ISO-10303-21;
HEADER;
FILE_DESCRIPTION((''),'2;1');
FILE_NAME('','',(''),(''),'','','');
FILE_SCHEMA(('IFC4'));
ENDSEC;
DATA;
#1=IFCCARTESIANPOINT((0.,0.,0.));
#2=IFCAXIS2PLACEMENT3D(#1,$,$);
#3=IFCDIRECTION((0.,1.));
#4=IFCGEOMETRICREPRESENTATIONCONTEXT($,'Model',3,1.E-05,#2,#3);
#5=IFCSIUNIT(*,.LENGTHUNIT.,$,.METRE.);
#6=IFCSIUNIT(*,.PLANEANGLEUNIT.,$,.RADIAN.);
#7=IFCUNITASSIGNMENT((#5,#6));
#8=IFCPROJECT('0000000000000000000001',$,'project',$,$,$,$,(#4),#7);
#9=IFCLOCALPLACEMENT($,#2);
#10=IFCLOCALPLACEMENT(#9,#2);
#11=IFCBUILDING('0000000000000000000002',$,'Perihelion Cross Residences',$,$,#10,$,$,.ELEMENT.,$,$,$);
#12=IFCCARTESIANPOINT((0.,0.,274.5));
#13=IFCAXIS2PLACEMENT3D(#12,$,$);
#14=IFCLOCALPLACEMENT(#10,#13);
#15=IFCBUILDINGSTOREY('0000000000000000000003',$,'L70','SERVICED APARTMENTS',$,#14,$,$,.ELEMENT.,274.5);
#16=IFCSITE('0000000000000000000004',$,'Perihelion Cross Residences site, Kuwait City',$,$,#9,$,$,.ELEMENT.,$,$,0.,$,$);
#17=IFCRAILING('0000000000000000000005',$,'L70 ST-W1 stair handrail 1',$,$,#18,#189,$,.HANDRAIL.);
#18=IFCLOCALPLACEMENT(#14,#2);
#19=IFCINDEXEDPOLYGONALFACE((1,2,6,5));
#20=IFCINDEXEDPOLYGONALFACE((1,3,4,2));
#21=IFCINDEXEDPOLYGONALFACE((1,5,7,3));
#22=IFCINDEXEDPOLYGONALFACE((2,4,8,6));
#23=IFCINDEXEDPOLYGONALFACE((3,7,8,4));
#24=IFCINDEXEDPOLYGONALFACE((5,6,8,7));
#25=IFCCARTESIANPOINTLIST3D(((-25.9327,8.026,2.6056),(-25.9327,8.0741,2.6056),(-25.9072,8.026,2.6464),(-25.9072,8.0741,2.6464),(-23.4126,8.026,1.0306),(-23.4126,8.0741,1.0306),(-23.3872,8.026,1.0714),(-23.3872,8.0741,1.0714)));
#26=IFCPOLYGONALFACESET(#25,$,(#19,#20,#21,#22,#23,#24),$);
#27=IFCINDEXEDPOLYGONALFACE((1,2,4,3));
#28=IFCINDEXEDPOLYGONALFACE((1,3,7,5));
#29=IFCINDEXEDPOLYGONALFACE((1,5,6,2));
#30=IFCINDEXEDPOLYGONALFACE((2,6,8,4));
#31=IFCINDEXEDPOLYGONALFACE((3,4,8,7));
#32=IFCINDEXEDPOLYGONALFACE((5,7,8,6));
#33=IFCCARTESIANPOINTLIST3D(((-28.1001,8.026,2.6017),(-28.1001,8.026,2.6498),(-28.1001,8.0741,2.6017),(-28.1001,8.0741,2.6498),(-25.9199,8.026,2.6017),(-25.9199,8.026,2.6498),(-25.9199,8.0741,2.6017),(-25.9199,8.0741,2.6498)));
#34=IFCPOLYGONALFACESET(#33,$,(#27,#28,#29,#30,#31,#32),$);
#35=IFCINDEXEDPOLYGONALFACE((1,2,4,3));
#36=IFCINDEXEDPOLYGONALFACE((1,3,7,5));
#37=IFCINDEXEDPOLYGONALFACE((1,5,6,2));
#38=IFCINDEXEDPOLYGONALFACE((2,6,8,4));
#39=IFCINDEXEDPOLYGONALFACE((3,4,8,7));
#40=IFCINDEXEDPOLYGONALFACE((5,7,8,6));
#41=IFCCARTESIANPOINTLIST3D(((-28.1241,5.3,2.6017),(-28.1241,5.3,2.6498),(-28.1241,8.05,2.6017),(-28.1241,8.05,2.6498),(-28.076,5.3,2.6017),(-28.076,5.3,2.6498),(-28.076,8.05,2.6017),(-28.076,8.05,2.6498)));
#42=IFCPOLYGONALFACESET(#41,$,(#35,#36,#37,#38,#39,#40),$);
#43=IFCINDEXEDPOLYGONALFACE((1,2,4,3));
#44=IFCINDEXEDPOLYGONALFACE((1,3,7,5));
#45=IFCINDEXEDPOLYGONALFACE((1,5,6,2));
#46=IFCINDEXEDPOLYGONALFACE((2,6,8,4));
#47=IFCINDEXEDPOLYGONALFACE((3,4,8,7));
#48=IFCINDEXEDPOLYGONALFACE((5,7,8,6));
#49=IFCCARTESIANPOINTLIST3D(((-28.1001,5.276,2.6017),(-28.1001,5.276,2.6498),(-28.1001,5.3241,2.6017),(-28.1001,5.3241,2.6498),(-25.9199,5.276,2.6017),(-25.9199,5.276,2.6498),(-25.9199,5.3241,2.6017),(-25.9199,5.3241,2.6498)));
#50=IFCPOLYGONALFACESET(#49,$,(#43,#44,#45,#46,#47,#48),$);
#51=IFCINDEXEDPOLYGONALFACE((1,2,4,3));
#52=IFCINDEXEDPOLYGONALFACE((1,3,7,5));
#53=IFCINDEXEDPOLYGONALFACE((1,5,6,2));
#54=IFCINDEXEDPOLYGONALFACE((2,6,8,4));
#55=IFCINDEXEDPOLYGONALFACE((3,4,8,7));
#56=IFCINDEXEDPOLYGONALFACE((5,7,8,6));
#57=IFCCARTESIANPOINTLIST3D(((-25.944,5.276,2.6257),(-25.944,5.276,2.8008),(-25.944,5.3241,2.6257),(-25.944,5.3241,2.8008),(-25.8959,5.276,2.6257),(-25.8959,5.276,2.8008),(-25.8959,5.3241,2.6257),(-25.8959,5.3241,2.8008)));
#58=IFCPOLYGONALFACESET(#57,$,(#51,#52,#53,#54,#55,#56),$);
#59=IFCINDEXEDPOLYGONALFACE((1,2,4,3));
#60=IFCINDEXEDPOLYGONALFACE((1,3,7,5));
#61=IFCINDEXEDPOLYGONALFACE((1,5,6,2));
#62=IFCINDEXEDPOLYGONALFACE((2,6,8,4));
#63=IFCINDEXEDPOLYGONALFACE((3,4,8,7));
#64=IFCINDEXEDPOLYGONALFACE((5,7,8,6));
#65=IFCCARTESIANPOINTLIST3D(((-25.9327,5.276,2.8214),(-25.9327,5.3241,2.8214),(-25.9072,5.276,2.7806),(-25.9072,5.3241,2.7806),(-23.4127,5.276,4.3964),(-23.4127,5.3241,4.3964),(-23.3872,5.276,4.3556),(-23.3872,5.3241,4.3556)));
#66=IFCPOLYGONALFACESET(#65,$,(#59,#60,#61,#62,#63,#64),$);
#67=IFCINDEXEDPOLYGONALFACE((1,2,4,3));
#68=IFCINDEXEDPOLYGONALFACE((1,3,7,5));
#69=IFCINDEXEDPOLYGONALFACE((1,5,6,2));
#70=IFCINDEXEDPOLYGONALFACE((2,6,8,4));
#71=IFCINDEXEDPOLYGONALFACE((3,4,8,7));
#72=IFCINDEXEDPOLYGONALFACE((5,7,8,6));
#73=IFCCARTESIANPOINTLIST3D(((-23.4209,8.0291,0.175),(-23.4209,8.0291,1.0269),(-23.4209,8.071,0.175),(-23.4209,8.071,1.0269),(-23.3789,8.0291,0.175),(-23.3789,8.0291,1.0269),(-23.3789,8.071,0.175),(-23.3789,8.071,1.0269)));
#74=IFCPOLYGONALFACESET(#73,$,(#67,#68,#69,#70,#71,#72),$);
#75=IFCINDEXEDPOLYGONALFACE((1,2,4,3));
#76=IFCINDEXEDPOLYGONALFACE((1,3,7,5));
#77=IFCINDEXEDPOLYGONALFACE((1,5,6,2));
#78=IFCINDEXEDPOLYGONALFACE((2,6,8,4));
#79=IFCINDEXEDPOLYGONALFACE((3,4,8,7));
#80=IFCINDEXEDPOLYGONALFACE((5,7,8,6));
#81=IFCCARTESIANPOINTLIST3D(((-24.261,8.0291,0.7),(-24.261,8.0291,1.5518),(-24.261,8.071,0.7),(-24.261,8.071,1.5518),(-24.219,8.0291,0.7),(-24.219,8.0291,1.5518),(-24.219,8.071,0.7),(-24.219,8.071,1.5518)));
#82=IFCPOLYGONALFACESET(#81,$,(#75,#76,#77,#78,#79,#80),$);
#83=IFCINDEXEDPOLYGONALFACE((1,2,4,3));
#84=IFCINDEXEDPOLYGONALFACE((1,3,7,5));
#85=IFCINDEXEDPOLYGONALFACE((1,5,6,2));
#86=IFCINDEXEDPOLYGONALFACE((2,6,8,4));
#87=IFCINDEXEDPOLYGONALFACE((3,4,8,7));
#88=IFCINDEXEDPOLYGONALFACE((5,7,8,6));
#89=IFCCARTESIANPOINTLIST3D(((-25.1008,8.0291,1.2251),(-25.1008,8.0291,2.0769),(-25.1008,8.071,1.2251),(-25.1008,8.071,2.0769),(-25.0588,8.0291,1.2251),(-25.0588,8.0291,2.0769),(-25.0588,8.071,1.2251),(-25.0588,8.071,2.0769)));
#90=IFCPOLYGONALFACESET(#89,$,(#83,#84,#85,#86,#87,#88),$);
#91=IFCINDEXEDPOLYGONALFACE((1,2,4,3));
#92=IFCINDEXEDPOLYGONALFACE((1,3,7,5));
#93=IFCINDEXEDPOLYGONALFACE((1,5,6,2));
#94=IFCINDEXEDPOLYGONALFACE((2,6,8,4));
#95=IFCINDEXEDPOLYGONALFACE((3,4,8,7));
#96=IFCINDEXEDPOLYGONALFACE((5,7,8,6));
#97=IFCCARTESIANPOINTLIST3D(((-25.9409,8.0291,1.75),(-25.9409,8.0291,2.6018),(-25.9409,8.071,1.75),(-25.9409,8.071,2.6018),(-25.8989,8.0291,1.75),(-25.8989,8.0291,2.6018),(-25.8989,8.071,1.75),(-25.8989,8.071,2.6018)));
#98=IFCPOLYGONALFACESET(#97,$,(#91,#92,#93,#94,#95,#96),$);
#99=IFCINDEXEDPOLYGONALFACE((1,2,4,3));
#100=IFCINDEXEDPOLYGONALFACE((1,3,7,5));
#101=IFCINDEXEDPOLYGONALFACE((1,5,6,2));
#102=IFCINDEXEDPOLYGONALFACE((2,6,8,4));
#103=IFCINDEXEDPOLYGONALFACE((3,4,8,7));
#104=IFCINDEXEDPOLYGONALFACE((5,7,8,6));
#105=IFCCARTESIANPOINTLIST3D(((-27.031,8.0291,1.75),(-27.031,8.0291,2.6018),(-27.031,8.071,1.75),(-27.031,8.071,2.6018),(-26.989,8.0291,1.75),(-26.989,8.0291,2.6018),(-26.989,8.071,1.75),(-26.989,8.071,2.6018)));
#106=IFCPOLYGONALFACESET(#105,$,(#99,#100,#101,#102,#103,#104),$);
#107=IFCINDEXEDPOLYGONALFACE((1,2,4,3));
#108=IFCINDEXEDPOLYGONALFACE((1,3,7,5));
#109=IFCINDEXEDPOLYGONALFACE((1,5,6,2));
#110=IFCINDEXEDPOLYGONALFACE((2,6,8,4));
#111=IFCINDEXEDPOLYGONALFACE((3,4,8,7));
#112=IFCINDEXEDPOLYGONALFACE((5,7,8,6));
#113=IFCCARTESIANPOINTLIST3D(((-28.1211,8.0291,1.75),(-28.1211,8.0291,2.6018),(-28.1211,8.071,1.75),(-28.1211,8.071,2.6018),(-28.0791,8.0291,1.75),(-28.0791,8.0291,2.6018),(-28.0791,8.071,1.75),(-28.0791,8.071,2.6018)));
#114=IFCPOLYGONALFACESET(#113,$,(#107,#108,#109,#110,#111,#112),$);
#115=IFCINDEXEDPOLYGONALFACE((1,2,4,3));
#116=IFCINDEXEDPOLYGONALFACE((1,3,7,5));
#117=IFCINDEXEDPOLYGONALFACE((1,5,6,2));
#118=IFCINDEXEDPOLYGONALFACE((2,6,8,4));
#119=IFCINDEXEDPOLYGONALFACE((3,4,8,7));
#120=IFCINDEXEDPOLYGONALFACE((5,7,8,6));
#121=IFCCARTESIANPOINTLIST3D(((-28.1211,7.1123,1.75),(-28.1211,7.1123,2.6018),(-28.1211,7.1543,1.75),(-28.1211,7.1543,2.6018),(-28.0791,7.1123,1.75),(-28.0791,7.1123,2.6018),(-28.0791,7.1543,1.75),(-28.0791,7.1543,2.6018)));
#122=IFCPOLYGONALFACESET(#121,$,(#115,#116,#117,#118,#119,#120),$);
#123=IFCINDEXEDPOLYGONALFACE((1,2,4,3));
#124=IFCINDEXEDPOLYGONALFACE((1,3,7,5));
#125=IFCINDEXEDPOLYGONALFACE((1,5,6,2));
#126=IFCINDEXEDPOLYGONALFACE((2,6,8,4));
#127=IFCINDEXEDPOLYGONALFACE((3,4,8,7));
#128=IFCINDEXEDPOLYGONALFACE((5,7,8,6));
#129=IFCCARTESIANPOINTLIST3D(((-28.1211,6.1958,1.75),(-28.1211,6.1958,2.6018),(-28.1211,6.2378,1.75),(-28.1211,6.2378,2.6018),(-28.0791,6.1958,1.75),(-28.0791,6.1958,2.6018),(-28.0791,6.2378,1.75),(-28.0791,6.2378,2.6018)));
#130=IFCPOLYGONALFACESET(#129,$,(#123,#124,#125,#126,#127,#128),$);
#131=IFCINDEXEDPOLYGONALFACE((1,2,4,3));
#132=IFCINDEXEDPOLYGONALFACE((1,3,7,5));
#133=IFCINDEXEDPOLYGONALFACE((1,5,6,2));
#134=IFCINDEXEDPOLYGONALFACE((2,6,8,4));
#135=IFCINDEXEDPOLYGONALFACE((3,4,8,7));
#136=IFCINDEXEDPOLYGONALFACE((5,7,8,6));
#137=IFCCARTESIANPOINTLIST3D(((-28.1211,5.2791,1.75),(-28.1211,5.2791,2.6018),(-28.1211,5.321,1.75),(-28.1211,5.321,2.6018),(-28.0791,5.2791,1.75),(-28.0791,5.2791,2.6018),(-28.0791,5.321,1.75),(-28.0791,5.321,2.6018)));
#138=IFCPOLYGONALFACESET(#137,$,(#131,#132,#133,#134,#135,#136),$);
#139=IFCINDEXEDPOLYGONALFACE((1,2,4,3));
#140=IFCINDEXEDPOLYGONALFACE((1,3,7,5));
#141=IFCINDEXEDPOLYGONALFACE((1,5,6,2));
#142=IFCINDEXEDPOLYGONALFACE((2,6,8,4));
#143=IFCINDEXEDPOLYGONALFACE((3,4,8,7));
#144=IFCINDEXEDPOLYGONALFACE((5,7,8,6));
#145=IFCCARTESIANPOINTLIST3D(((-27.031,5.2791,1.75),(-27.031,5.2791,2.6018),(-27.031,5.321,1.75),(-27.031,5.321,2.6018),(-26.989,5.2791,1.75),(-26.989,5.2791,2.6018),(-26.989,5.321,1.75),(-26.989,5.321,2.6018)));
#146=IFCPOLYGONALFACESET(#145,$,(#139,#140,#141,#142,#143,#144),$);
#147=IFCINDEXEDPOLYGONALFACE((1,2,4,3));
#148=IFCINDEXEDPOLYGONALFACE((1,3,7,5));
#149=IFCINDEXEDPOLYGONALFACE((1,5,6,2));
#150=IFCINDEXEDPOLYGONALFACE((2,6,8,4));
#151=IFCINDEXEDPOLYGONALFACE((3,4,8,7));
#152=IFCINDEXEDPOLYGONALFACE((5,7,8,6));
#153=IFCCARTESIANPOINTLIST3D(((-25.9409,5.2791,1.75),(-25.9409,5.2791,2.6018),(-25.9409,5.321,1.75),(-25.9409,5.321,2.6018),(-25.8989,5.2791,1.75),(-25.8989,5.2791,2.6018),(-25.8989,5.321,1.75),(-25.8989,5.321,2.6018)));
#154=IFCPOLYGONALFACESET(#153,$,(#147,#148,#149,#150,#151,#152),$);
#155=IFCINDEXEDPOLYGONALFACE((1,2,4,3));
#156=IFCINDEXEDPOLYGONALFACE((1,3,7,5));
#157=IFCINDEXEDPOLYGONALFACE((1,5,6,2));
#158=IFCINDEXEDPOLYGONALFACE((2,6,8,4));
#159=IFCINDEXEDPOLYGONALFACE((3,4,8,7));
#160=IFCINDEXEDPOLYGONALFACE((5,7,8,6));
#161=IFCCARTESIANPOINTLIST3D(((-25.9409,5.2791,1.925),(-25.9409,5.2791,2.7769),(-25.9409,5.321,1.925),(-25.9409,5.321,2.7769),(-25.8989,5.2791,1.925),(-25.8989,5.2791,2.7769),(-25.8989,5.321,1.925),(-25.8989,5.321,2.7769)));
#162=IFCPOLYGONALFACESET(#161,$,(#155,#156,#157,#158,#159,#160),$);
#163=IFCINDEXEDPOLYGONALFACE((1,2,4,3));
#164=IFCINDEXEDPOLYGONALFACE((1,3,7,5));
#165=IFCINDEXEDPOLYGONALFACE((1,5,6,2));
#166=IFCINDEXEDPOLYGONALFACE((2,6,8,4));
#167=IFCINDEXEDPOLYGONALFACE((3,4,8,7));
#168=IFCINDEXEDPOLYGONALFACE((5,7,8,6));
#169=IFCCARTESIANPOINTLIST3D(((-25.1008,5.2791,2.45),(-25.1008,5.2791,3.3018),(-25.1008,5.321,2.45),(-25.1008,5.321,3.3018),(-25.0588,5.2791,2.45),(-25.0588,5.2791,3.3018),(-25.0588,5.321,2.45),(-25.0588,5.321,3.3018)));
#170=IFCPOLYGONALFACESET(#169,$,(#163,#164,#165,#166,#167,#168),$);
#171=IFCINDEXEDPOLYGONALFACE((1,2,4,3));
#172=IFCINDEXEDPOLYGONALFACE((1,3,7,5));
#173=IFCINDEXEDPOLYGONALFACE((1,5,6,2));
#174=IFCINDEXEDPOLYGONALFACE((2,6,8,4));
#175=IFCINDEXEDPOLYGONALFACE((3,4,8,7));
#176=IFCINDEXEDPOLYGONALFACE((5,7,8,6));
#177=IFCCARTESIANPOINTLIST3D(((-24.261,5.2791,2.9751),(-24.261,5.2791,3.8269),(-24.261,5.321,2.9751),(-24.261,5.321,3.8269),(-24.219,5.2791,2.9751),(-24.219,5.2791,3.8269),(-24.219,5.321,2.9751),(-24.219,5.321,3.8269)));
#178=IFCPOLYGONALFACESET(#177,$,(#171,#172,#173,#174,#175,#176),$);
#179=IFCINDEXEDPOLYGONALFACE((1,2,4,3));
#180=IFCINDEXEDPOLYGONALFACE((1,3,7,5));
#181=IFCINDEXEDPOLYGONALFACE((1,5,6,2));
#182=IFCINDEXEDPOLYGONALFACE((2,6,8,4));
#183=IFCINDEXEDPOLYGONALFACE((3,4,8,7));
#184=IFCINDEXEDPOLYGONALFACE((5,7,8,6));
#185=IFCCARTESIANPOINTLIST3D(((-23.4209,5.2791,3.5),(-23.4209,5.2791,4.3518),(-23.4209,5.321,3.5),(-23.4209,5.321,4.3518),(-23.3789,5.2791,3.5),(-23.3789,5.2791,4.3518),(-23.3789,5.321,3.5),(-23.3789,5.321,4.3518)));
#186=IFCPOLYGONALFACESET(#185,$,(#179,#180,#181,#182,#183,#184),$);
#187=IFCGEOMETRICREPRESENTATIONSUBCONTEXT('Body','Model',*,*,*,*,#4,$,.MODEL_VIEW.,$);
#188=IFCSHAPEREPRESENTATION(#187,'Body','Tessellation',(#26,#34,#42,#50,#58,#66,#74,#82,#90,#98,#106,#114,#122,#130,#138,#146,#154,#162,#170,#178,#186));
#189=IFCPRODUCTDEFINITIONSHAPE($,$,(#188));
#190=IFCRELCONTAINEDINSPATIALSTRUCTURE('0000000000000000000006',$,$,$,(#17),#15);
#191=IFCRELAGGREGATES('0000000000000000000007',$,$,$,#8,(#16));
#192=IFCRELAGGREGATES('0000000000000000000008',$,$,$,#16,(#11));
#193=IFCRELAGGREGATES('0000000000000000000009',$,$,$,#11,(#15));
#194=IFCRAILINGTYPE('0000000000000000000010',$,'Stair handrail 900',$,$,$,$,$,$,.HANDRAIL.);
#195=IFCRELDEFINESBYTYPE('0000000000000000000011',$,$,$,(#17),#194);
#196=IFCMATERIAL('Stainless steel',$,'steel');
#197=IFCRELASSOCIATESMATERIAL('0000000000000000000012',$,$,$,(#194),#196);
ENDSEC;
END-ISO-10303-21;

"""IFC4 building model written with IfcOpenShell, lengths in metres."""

from ifc_helpers import new_model, si_unit, direction, frame, origin, origin_2d, place, context, subcontext, project, spatial, rectangle, extrude, material, type_object, element, save


model = new_model("IFC4")

# Units and contexts
model_context = context("Model", 3, precision=1e-05, world=origin(), true_north=direction((0.0, 1.0)))
body_context = subcontext(model_context, "Body", "Model", "MODEL_VIEW")
ifc_project = project(units=[si_unit("LENGTHUNIT", "METRE"), si_unit("PLANEANGLEUNIT", "RADIAN")], contexts=[model_context])

# Site, building, storey
site_placement = place(None, origin())
site = spatial("IfcSite", under=ifc_project, at=site_placement, Name="Perihelion Cross Residences site, Kuwait City", CompositionType="ELEMENT", RefElevation=0.0)
building_placement = place(site_placement, origin())
building = spatial("IfcBuilding", under=site, at=building_placement, Name="Perihelion Cross Residences", CompositionType="ELEMENT")
storey_placement = place(building_placement, frame((0.0, 0.0, 274.5)))
storey = spatial("IfcBuildingStorey", under=building, at=storey_placement, Name="L70", Description="SERVICED APARTMENTS", CompositionType="ELEMENT", Elevation=274.5)

# Railing
ifc_material_1 = material(Name="Stainless steel", Category="steel")
railing_type_1 = type_object("IfcRailingType", Name="Stair handrail 900", PredefinedType="HANDRAIL", material=ifc_material_1)
railing_1_placement = place(storey_placement, frame((-23.3999, 8.05, 0.175)))
element("IfcRailing", 1, at=railing_1_placement, inside=storey, type_object=railing_type_1, Name="L70 ST-W1 stair handrail 1", PredefinedType="HANDRAIL", context=body_context, shape_type="SweptSolid", body=[
    extrude(rectangle(XDim=0.0481, YDim=0.0481, at=origin_2d()), frame((0.0, 0.0, 0.876), z_axis=(-0.848008, 0.0, 0.529984), x_axis=(0.0, -1.0, 0.0)), (0.0, 0.0, 1.0), 2.9717),
    extrude(rectangle(XDim=0.0481, YDim=0.0481, at=origin_2d()), frame((-2.52, 0.0, 2.4507), z_axis=(-1.0, 0.0, 0.0), x_axis=(0.0, -1.0, 0.0)), (0.0, 0.0, 1.0), 2.1802),
    extrude(rectangle(XDim=0.0481, YDim=0.0481, at=origin_2d()), frame((-4.7002, 0.0, 2.4507), z_axis=(0.0, -1.0, 0.0), x_axis=(1.0, 0.0, 0.0)), (0.0, 0.0, 1.0), 2.75),
    extrude(rectangle(XDim=0.0481, YDim=0.0481, at=origin_2d()), frame((-4.7002, -2.75, 2.4507), z_axis=(1.0, 0.0, 0.0), x_axis=(0.0, 1.0, 0.0)), (0.0, 0.0, 1.0), 2.1802),
    extrude(rectangle(XDim=0.0481, YDim=0.0481, at=origin_2d()), frame((-2.52, -2.75, 2.4507), z_axis=(0.0, 0.0, 1.0), x_axis=(1.0, 0.0, 0.0)), (0.0, 0.0, 1.0), 0.175),
    extrude(rectangle(XDim=0.0481, YDim=0.0481, at=origin_2d()), frame((-2.52, -2.75, 2.626), z_axis=(0.848008, 0.0, 0.529984), x_axis=(0.0, 1.0, 0.0)), (0.0, 0.0, 1.0), 2.9717),
    extrude(rectangle(XDim=0.042, YDim=0.042, at=origin_2d()), origin(), (0.0, 0.0, 1.0), 0.8518),
    extrude(rectangle(XDim=0.042, YDim=0.042, at=origin_2d()), frame((-0.8401, 0.0, 0.5249)), (0.0, 0.0, 1.0), 0.8518),
    extrude(rectangle(XDim=0.042, YDim=0.042, at=origin_2d()), frame((-1.6799, 0.0, 1.05)), (0.0, 0.0, 1.0), 0.8518),
    extrude(rectangle(XDim=0.042, YDim=0.042, at=origin_2d()), frame((-2.52, 0.0, 1.575)), (0.0, 0.0, 1.0), 0.8518),
    extrude(rectangle(XDim=0.042, YDim=0.042, at=origin_2d()), frame((-3.6101, 0.0, 1.575)), (0.0, 0.0, 1.0), 0.8518),
    extrude(rectangle(XDim=0.042, YDim=0.042, at=origin_2d()), frame((-4.7002, 0.0, 1.575)), (0.0, 0.0, 1.0), 0.8518),
    extrude(rectangle(XDim=0.042, YDim=0.042, at=origin_2d()), frame((-4.7002, -0.9167, 1.575)), (0.0, 0.0, 1.0), 0.8518),
    extrude(rectangle(XDim=0.042, YDim=0.042, at=origin_2d()), frame((-4.7002, -1.8333, 1.575)), (0.0, 0.0, 1.0), 0.8518),
    extrude(rectangle(XDim=0.042, YDim=0.042, at=origin_2d()), frame((-4.7002, -2.75, 1.575)), (0.0, 0.0, 1.0), 0.8518),
    extrude(rectangle(XDim=0.042, YDim=0.042, at=origin_2d()), frame((-3.6101, -2.75, 1.575)), (0.0, 0.0, 1.0), 0.8518),
    extrude(rectangle(XDim=0.042, YDim=0.042, at=origin_2d()), frame((-2.52, -2.75, 1.575)), (0.0, 0.0, 1.0), 0.8518),
    extrude(rectangle(XDim=0.042, YDim=0.042, at=origin_2d()), frame((-2.52, -2.75, 1.75)), (0.0, 0.0, 1.0), 0.8518),
    extrude(rectangle(XDim=0.042, YDim=0.042, at=origin_2d()), frame((-1.6799, -2.75, 2.2749)), (0.0, 0.0, 1.0), 0.8518),
    extrude(rectangle(XDim=0.042, YDim=0.042, at=origin_2d()), frame((-0.8401, -2.75, 2.8)), (0.0, 0.0, 1.0), 0.8518),
    extrude(rectangle(XDim=0.042, YDim=0.042, at=origin_2d()), frame((0.0, -2.75, 3.325)), (0.0, 0.0, 1.0), 0.8518),
])

save(model, "model.ifc")
